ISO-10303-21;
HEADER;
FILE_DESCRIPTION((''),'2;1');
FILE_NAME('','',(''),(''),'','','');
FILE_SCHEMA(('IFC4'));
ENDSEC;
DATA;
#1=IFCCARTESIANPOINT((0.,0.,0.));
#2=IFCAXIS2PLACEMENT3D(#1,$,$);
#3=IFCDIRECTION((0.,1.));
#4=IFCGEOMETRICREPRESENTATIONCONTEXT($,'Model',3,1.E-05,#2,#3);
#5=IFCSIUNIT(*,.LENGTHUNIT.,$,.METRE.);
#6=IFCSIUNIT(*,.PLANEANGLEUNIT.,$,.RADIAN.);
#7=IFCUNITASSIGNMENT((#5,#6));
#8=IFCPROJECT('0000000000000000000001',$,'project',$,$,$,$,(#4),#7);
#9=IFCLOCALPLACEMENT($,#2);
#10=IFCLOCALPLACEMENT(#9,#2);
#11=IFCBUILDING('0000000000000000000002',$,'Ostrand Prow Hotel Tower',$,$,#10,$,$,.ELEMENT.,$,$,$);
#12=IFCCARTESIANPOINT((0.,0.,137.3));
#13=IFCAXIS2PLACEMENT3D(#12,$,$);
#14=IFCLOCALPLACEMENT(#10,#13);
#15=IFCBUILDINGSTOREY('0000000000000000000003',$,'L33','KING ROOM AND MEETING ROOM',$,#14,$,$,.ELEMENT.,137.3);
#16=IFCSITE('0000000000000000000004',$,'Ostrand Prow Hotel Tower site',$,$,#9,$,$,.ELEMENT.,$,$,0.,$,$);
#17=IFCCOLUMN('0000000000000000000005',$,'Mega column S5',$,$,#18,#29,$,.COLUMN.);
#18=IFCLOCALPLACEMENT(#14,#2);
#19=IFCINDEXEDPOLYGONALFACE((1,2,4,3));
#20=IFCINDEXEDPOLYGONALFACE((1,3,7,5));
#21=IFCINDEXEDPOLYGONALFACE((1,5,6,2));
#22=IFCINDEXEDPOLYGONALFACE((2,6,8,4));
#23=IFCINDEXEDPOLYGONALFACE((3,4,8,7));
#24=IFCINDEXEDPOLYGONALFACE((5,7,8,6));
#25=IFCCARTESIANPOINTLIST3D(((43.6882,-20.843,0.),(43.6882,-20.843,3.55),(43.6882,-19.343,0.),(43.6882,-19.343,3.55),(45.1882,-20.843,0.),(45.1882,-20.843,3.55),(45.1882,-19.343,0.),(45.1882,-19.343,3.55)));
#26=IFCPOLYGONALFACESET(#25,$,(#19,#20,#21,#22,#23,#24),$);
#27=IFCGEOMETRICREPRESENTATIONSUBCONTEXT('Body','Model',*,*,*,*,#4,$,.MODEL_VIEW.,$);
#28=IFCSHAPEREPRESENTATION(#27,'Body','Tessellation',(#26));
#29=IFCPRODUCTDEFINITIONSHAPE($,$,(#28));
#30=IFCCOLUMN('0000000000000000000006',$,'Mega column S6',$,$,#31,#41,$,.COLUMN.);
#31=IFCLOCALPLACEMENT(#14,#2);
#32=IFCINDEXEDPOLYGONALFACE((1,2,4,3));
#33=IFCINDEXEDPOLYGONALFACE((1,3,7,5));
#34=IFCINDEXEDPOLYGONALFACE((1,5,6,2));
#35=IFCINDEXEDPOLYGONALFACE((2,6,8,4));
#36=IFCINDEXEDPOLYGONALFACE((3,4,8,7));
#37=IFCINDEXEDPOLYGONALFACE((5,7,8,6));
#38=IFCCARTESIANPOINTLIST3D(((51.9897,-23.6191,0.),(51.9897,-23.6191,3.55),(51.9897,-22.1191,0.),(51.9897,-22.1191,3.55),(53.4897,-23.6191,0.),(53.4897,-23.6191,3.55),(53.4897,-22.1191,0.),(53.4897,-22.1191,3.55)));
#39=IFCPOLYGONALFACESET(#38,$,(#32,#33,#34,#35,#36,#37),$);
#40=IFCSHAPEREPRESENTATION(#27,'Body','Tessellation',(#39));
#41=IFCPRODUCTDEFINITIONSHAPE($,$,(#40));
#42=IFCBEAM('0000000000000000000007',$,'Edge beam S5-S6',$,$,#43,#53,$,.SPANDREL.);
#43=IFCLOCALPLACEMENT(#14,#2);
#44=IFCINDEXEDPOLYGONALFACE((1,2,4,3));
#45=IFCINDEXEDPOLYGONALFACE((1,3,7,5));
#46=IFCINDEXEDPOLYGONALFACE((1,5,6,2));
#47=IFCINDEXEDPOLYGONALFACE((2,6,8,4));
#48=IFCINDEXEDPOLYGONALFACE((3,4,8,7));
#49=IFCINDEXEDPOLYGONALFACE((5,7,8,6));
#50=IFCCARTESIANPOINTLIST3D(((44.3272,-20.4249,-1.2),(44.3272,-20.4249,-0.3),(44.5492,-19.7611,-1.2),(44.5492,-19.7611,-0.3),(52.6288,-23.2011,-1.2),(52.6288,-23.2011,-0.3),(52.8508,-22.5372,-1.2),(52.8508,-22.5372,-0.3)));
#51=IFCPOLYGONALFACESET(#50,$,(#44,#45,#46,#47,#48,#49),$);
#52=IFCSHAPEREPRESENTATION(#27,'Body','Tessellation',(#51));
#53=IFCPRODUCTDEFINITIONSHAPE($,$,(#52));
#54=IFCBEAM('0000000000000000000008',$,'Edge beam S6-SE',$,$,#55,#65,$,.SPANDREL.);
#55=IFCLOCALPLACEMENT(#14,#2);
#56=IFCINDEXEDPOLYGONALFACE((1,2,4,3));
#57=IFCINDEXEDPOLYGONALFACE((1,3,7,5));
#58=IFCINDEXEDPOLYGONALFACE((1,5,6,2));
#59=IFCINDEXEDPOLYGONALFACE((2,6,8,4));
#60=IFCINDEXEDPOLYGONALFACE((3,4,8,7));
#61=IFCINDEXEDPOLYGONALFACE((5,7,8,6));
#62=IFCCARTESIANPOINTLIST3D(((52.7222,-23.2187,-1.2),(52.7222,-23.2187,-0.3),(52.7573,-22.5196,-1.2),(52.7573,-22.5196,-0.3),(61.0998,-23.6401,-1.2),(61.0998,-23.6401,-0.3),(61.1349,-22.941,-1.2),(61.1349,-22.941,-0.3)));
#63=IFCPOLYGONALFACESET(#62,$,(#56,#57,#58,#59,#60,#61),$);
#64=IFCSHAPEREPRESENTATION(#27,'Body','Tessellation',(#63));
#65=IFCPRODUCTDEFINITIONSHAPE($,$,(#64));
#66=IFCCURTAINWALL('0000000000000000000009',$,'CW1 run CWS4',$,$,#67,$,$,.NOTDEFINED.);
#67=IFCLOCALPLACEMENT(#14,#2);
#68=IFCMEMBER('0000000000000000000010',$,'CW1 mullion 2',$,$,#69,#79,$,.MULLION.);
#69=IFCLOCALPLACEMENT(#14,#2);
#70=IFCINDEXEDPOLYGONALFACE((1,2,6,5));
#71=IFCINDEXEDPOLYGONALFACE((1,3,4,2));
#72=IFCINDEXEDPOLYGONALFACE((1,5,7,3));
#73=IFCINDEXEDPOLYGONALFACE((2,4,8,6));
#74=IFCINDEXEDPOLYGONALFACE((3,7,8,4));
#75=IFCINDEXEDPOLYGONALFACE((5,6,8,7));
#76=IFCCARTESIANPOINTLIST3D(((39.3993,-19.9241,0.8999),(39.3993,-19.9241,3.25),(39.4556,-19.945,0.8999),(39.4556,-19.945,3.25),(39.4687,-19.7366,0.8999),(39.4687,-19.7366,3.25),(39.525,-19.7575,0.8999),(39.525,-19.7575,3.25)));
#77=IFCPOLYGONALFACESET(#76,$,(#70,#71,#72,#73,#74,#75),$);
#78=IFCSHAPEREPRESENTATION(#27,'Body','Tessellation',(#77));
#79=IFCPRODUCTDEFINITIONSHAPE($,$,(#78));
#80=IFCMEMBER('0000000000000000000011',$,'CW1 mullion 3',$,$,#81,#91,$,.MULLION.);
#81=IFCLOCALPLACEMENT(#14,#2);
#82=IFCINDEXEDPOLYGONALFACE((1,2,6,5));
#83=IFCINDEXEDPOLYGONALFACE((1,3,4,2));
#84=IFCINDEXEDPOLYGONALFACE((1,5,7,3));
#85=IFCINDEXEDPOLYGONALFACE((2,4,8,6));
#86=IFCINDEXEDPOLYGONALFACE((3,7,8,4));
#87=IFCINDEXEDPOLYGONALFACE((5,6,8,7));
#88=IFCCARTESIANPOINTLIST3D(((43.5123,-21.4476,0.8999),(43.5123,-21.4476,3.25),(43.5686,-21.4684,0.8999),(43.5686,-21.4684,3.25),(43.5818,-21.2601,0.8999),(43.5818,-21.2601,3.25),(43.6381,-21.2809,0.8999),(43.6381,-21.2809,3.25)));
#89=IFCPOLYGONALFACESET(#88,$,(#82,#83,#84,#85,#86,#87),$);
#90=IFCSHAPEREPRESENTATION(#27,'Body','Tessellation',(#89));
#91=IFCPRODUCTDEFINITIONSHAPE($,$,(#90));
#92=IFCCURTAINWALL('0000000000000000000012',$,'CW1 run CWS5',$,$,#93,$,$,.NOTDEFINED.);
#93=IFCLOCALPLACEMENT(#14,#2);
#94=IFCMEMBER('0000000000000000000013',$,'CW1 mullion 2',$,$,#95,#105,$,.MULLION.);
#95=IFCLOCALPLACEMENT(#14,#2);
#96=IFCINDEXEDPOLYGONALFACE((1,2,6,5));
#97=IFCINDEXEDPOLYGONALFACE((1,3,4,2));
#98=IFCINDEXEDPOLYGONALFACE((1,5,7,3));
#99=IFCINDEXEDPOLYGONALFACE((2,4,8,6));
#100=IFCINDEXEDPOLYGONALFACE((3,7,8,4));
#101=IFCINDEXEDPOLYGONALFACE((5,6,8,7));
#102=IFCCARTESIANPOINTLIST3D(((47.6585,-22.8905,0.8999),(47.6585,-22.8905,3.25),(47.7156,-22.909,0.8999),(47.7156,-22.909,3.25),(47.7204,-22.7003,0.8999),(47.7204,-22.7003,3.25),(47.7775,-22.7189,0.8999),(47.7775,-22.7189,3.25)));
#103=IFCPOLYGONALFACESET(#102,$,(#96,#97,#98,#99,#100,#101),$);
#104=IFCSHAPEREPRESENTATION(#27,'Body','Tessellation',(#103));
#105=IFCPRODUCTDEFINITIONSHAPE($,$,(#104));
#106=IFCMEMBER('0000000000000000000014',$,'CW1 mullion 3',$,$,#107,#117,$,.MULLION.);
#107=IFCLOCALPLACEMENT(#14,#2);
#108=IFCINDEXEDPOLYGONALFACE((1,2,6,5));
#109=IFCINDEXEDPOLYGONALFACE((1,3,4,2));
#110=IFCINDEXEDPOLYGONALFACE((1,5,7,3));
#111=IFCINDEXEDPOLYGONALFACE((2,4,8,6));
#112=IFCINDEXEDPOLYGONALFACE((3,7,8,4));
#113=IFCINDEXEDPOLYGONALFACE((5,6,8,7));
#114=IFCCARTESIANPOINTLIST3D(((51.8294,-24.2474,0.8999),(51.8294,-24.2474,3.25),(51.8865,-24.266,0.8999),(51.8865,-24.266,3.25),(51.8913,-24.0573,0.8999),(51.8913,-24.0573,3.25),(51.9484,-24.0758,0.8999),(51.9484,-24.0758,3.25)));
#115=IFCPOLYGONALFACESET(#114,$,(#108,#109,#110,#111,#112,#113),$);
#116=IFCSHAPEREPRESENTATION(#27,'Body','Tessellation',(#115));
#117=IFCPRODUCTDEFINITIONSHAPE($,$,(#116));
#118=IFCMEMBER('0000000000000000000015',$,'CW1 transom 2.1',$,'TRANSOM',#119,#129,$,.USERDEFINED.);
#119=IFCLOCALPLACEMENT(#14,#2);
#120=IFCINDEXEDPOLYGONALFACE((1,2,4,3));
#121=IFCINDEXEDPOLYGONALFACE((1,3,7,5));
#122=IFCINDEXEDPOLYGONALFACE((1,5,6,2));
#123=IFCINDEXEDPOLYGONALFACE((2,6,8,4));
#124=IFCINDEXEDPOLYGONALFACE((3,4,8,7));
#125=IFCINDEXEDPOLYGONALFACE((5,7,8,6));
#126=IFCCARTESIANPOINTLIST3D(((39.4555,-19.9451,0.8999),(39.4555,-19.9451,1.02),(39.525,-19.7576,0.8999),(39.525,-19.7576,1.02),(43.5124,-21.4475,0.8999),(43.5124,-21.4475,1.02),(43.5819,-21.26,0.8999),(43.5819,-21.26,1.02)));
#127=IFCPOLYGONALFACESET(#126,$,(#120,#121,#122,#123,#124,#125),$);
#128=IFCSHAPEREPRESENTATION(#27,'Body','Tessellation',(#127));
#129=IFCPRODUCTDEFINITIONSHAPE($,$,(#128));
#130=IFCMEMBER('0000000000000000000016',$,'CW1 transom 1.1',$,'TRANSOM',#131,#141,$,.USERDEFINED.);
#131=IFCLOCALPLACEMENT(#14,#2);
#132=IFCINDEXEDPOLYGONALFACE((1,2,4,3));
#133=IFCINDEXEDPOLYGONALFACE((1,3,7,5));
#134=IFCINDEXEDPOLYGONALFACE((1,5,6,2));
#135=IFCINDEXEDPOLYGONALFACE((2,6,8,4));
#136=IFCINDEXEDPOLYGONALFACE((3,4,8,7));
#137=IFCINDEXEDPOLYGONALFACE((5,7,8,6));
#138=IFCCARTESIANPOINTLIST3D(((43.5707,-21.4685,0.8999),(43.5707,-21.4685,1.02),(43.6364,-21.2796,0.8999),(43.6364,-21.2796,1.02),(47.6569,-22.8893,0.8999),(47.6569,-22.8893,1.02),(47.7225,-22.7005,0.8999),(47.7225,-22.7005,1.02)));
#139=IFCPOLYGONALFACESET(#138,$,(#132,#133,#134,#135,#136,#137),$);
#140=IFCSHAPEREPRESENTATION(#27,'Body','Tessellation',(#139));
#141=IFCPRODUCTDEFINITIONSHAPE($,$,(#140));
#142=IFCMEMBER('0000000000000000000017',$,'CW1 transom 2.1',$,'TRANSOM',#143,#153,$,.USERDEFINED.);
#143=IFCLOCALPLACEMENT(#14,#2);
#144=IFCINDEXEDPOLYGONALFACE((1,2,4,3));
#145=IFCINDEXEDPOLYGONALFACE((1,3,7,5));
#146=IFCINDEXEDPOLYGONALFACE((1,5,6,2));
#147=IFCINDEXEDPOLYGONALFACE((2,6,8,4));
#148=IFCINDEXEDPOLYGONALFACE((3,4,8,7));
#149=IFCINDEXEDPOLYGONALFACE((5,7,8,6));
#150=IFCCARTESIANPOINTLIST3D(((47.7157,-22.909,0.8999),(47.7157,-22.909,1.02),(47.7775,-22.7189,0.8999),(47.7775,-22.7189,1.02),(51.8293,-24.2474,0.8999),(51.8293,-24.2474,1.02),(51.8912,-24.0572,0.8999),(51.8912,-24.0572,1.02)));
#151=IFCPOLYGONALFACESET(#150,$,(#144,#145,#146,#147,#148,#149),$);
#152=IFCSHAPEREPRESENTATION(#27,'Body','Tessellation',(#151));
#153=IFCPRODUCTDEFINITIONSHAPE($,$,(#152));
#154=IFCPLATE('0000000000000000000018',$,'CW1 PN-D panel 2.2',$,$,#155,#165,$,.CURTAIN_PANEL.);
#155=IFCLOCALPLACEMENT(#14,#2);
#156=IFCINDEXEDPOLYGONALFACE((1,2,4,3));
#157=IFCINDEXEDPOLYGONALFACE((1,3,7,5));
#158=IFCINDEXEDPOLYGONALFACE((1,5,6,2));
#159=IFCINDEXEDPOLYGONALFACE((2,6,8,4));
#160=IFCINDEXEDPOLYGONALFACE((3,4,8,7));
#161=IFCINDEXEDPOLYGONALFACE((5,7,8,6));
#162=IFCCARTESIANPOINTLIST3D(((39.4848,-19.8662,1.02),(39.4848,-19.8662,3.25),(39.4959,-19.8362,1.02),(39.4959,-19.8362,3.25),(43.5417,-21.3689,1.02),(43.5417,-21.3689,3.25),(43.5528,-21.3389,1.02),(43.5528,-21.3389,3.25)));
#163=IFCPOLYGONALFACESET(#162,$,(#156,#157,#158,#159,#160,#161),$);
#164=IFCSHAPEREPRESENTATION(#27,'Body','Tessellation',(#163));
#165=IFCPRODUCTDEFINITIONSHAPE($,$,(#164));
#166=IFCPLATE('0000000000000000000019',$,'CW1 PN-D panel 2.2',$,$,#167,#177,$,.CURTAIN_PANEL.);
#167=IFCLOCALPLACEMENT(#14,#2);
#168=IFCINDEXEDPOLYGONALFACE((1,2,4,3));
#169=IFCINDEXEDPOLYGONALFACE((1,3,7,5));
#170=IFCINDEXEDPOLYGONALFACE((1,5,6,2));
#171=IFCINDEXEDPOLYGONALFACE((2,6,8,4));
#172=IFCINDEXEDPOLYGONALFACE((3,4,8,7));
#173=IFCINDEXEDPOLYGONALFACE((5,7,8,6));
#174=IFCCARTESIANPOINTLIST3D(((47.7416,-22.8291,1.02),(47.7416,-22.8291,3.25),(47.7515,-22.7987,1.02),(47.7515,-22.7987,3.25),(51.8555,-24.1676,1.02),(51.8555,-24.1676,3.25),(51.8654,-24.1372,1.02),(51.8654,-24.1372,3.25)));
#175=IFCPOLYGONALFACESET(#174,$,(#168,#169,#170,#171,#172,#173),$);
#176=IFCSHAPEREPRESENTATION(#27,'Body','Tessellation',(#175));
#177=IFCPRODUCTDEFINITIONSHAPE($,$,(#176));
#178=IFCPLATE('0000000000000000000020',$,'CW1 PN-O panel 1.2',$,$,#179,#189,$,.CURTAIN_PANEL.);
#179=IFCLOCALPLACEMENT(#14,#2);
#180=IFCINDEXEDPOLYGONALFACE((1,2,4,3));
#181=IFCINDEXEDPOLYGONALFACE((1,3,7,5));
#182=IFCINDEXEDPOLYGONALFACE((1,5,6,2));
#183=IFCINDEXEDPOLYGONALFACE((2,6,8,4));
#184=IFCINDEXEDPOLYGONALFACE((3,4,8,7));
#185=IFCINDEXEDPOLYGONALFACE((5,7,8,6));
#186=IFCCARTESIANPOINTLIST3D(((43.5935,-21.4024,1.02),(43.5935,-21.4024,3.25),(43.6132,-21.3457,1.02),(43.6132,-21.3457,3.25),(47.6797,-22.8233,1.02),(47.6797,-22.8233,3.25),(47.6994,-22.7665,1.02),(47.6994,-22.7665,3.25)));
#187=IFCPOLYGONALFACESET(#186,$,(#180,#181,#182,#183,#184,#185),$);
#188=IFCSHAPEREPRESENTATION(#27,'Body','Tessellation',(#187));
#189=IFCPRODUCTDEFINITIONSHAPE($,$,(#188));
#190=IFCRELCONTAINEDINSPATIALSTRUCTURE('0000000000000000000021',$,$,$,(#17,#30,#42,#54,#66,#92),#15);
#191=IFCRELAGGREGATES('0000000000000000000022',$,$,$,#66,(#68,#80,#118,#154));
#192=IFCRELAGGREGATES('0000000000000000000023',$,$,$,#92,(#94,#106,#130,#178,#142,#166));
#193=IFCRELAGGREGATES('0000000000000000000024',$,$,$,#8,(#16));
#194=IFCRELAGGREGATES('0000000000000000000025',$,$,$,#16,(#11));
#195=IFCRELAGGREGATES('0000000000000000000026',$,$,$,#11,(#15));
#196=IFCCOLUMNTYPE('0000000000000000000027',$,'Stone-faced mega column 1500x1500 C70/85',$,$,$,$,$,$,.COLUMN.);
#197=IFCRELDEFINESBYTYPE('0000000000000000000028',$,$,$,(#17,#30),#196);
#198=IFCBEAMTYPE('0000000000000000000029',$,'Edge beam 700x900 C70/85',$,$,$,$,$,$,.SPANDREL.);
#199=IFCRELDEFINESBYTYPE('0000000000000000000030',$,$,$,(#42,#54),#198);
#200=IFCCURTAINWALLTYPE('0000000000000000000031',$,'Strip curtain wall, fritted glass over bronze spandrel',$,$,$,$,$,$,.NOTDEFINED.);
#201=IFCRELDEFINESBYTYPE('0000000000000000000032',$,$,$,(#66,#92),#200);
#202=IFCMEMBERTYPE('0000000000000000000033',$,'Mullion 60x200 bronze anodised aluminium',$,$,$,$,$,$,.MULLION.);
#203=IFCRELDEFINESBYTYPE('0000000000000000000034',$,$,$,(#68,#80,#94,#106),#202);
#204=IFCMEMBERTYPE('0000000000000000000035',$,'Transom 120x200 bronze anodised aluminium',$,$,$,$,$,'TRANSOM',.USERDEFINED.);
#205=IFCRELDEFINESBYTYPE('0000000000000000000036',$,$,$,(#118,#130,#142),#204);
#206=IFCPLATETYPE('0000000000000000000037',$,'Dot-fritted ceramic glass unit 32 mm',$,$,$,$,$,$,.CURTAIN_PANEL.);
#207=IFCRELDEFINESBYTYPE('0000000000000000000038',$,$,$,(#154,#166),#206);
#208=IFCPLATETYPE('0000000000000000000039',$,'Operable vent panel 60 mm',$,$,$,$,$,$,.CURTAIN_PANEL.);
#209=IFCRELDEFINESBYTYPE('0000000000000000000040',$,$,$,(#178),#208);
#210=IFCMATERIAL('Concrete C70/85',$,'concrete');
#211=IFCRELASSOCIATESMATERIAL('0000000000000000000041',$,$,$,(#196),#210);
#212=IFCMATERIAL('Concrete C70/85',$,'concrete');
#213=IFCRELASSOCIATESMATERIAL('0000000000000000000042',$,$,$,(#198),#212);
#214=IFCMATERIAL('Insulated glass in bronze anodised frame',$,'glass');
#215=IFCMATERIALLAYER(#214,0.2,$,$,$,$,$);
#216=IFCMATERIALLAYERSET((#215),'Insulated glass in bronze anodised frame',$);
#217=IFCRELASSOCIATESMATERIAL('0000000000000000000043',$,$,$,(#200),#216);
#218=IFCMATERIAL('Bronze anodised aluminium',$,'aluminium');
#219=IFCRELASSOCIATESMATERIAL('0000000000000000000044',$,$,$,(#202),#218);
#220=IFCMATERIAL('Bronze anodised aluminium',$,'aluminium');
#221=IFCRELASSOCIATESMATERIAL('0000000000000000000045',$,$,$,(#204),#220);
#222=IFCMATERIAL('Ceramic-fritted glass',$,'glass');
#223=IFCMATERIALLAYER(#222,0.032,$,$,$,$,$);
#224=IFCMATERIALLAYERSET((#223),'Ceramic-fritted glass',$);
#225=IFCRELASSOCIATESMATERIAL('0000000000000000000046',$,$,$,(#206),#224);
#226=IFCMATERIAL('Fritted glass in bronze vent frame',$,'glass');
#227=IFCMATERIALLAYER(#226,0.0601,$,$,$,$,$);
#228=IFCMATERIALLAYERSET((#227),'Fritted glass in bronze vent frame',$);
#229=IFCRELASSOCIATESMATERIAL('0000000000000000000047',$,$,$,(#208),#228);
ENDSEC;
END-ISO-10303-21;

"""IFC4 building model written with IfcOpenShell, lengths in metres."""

from ifc_helpers import new_model, si_unit, direction, frame, origin, origin_2d, place, context, subcontext, project, spatial, rectangle, extrude, material, layer, layer_set, material_profile, profile_set, type_object, element, aggregate, save


model = new_model("IFC4")

# Units and contexts
model_context = context("Model", 3, precision=1e-05, world=origin(), true_north=direction((0.0, 1.0)))
body_context = subcontext(model_context, "Body", "Model", "MODEL_VIEW")
ifc_project = project(units=[si_unit("LENGTHUNIT", "METRE"), si_unit("PLANEANGLEUNIT", "RADIAN")], contexts=[model_context])

# Site, building, storey
site_placement = place(None, origin())
site = spatial("IfcSite", under=ifc_project, at=site_placement, Name="Ostrand Prow Hotel Tower site", CompositionType="ELEMENT", RefElevation=0.0)
building_placement = place(site_placement, origin())
building = spatial("IfcBuilding", under=site, at=building_placement, Name="Ostrand Prow Hotel Tower", CompositionType="ELEMENT")
storey_placement = place(building_placement, frame((0.0, 0.0, 137.3)))
storey = spatial("IfcBuildingStorey", under=building, at=storey_placement, Name="L33", Description="KING ROOM AND MEETING ROOM", CompositionType="ELEMENT", Elevation=137.3)

# Columns
ifc_material_1 = material(Name="Concrete C70/85", Category="concrete")
ifc_material_profile_1 = material_profile(ifc_material_1, rectangle(XDim=1.5, YDim=1.5, at=origin_2d()), Name="RC 1500x1500")
ifc_profile_set_1 = profile_set([ifc_material_profile_1], Name="Concrete C70/85")
column_type = type_object("IfcColumnType", Name="Stone-faced mega column 1500x1500 C70/85", PredefinedType="COLUMN", material=ifc_profile_set_1)
for number, where, z_axis, x_axis, name in (
    (1, (44.4382, -20.093, 0.0), (0.0, 0.0, 1.0), (1.0, 0.0, 0.0), "Mega column S5"),
    (2, (52.7397, -22.8691, 0.0), (0.0, 0.0, 1.0), (1.0, 0.0, 0.0), "Mega column S6"),
):
    element("IfcColumn", number, at=place(storey_placement, frame(where, z_axis=z_axis, x_axis=x_axis)), inside=storey, type_object=column_type, Name=name, PredefinedType="COLUMN", context=body_context, shape_type="SweptSolid", body=[
        extrude(rectangle(XDim=1.5, YDim=1.5, at=origin_2d()), origin(), (0.0, 0.0, 1.0), 3.55),
    ])

# Beams
ifc_material_2 = material(Name="Concrete C70/85", Category="concrete")
ifc_material_profile_2 = material_profile(ifc_material_2, rectangle(XDim=0.7, YDim=0.8999, at=origin_2d()), Name="RC 700x900")
ifc_profile_set_2 = profile_set([ifc_material_profile_2], Name="Concrete C70/85")
beam_type = type_object("IfcBeamType", Name="Edge beam 700x900 C70/85", PredefinedType="SPANDREL", material=ifc_profile_set_2)
beam_1_placement = place(storey_placement, frame((44.4382, -20.093, -0.75), z_axis=(0.948376, -0.317148, 0.0), x_axis=(0.317148, 0.948376, 0.0)))
element("IfcBeam", 3, at=beam_1_placement, inside=storey, type_object=beam_type, Name="Edge beam S5-S6", PredefinedType="SPANDREL", context=body_context, shape_type="SweptSolid", body=[
    extrude(rectangle(XDim=0.7, YDim=0.8999, at=origin_2d()), origin(), (0.0, 0.0, 1.0), 8.7534),
])
beam_2_placement = place(storey_placement, frame((52.7397, -22.8691, -0.75), z_axis=(0.998737, -0.050235, 0.0), x_axis=(0.050235, 0.998737, 0.0)))
element("IfcBeam", 4, at=beam_2_placement, inside=storey, type_object=beam_type, Name="Edge beam S6-SE", PredefinedType="SPANDREL", context=body_context, shape_type="SweptSolid", body=[
    extrude(rectangle(XDim=0.7, YDim=0.8999, at=origin_2d()), origin(), (0.0, 0.0, 1.0), 8.3882),
])

# Curtain walls, members
ifc_material_3 = material(Name="Insulated glass in bronze anodised frame", Category="glass")
ifc_layer_1 = layer(ifc_material_3, 0.2)
ifc_layer_set_1 = layer_set([ifc_layer_1], Name="Insulated glass in bronze anodised frame")
curtain_wall_type = type_object("IfcCurtainWallType", Name="Strip curtain wall, fritted glass over bronze spandrel", PredefinedType="NOTDEFINED", material=ifc_layer_set_1)
curtain_wall_1_placement = place(storey_placement, origin())
curtain_wall_1 = element("IfcCurtainWall", 5, at=curtain_wall_1_placement, inside=storey, type_object=curtain_wall_type, Name="CW1 run CWS4", PredefinedType="NOTDEFINED")
ifc_material_4 = material(Name="Bronze anodised aluminium", Category="aluminium")
ifc_material_profile_3 = material_profile(ifc_material_4, rectangle(XDim=0.2, YDim=0.0601, at=origin_2d()), Name="Mullion 60x200 bronze anodised aluminium")
ifc_profile_set_3 = profile_set([ifc_material_profile_3], Name="Bronze anodised aluminium")
member_type_1 = type_object("IfcMemberType", Name="Mullion 60x200 bronze anodised aluminium", PredefinedType="MULLION", material=ifc_profile_set_3)
member_1_placement = place(storey_placement, frame((39.4622, -19.8408, 0.8999), z_axis=(0.0, 0.0, 1.0), x_axis=(0.347342, 0.937739, 0.0)))
member_1 = element("IfcMember", 6, at=member_1_placement, type_object=member_type_1, Name="CW1 mullion 2", PredefinedType="MULLION", context=body_context, shape_type="SweptSolid", body=[
    extrude(rectangle(XDim=0.2, YDim=0.0601, at=origin_2d()), origin(), (0.0, 0.0, 1.0), 2.3501),
])
member_2_placement = place(storey_placement, frame((43.5752, -21.3643, 0.8999), z_axis=(0.0, 0.0, 1.0), x_axis=(0.347342, 0.937739, 0.0)))
member_2 = element("IfcMember", 7, at=member_2_placement, type_object=member_type_1, Name="CW1 mullion 3", PredefinedType="MULLION", context=body_context, shape_type="SweptSolid", body=[
    extrude(rectangle(XDim=0.2, YDim=0.0601, at=origin_2d()), origin(), (0.0, 0.0, 1.0), 2.3501),
])
curtain_wall_2_placement = place(storey_placement, origin())
curtain_wall_2 = element("IfcCurtainWall", 8, at=curtain_wall_2_placement, inside=storey, type_object=curtain_wall_type, Name="CW1 run CWS5", PredefinedType="NOTDEFINED")
member_3_placement = place(storey_placement, frame((47.718, -22.8047, 0.8999), z_axis=(0.0, 0.0, 1.0), x_axis=(0.30938, 0.950938, 0.0)))
member_3 = element("IfcMember", 9, at=member_3_placement, type_object=member_type_1, Name="CW1 mullion 2", PredefinedType="MULLION", context=body_context, shape_type="SweptSolid", body=[
    extrude(rectangle(XDim=0.2, YDim=0.0601, at=origin_2d()), origin(), (0.0, 0.0, 1.0), 2.3501),
])
member_4_placement = place(storey_placement, frame((51.8889, -24.1616, 0.8999), z_axis=(0.0, 0.0, 1.0), x_axis=(0.30938, 0.950938, 0.0)))
member_4 = element("IfcMember", 10, at=member_4_placement, type_object=member_type_1, Name="CW1 mullion 3", PredefinedType="MULLION", context=body_context, shape_type="SweptSolid", body=[
    extrude(rectangle(XDim=0.2, YDim=0.0601, at=origin_2d()), origin(), (0.0, 0.0, 1.0), 2.3501),
])

# Members
ifc_material_5 = material(Name="Bronze anodised aluminium", Category="aluminium")
ifc_material_profile_4 = material_profile(ifc_material_5, rectangle(XDim=0.2, YDim=0.1201, at=origin_2d()), Name="Transom 120x200 bronze anodised aluminium")
ifc_profile_set_4 = profile_set([ifc_material_profile_4], Name="Bronze anodised aluminium")
member_type_2 = type_object("IfcMemberType", Name="Transom 120x200 bronze anodised aluminium", ElementType="TRANSOM", PredefinedType="USERDEFINED", material=ifc_profile_set_4)
member_5_placement = place(storey_placement, frame((39.4902, -19.8513, 0.96), z_axis=(0.937757, -0.347292, 0.0), x_axis=(0.347292, 0.937757, 0.0)))
member_5 = element("IfcMember", 11, at=member_5_placement, type_object=member_type_2, Name="CW1 transom 2.1", ObjectType="TRANSOM", PredefinedType="USERDEFINED", context=body_context, shape_type="SweptSolid", body=[
    extrude(rectangle(XDim=0.2, YDim=0.1201, at=origin_2d()), origin(), (0.0, 0.0, 1.0), 4.3262),
])
member_6_placement = place(storey_placement, frame((43.6035, -21.374, 0.96), z_axis=(0.944524, -0.328442, 0.0), x_axis=(0.328442, 0.944524, 0.0)))
member_6 = element("IfcMember", 12, at=member_6_placement, type_object=member_type_2, Name="CW1 transom 1.1", ObjectType="TRANSOM", PredefinedType="USERDEFINED", context=body_context, shape_type="SweptSolid", body=[
    extrude(rectangle(XDim=0.2, YDim=0.1201, at=origin_2d()), origin(), (0.0, 0.0, 1.0), 4.3262),
])
member_7_placement = place(storey_placement, frame((47.7466, -22.814, 0.96), z_axis=(0.950939, -0.30938, 0.0), x_axis=(0.30938, 0.950939, 0.0)))
member_7 = element("IfcMember", 13, at=member_7_placement, type_object=member_type_2, Name="CW1 transom 2.1", ObjectType="TRANSOM", PredefinedType="USERDEFINED", context=body_context, shape_type="SweptSolid", body=[
    extrude(rectangle(XDim=0.2, YDim=0.1201, at=origin_2d()), origin(), (0.0, 0.0, 1.0), 4.3259),
])

# Plates
ifc_material_6 = material(Name="Ceramic-fritted glass", Category="glass")
ifc_layer_2 = layer(ifc_material_6, 0.032)
ifc_layer_set_2 = layer_set([ifc_layer_2], Name="Ceramic-fritted glass")
plate_type_1 = type_object("IfcPlateType", Name="Dot-fritted ceramic glass unit 32 mm", PredefinedType="CURTAIN_PANEL", material=ifc_layer_set_2)
plate_1_placement = place(storey_placement, frame((41.5188, -20.6025, 1.02), z_axis=(0.0, 0.0, 1.0), x_axis=(0.937739, -0.347342, 0.0)))
plate_1 = element("IfcPlate", 14, at=plate_1_placement, type_object=plate_type_1, Name="CW1 PN-D panel 2.2", PredefinedType="CURTAIN_PANEL", context=body_context, shape_type="SweptSolid", body=[
    extrude(rectangle(XDim=4.3262, YDim=0.032, at=origin_2d()), origin(), (0.0, 0.0, 1.0), 2.23),
])
aggregate(curtain_wall_1, [member_1, member_2, member_5, plate_1])
plate_2_placement = place(storey_placement, frame((49.8035, -23.4832, 1.02), z_axis=(0.0, 0.0, 1.0), x_axis=(0.950938, -0.30938, 0.0)))
plate_2 = element("IfcPlate", 15, at=plate_2_placement, type_object=plate_type_1, Name="CW1 PN-D panel 2.2", PredefinedType="CURTAIN_PANEL", context=body_context, shape_type="SweptSolid", body=[
    extrude(rectangle(XDim=4.3262, YDim=0.032, at=origin_2d()), origin(), (0.0, 0.0, 1.0), 2.23),
])
ifc_material_7 = material(Name="Fritted glass in bronze vent frame", Category="glass")
ifc_layer_3 = layer(ifc_material_7, 0.0601)
ifc_layer_set_3 = layer_set([ifc_layer_3], Name="Fritted glass in bronze vent frame")
plate_type_2 = type_object("IfcPlateType", Name="Operable vent panel 60 mm", PredefinedType="CURTAIN_PANEL", material=ifc_layer_set_3)
plate_3_placement = place(storey_placement, frame((45.6465, -22.0845, 1.02), z_axis=(0.0, 0.0, 1.0), x_axis=(0.944529, -0.328428, 0.0)))
plate_3 = element("IfcPlate", 16, at=plate_3_placement, type_object=plate_type_2, Name="CW1 PN-O panel 1.2", PredefinedType="CURTAIN_PANEL", context=body_context, shape_type="SweptSolid", body=[
    extrude(rectangle(XDim=4.3262, YDim=0.0601, at=origin_2d()), origin(), (0.0, 0.0, 1.0), 2.23),
])
aggregate(curtain_wall_2, [member_3, member_4, member_6, plate_3, member_7, plate_2])

save(model, "model.ifc")
